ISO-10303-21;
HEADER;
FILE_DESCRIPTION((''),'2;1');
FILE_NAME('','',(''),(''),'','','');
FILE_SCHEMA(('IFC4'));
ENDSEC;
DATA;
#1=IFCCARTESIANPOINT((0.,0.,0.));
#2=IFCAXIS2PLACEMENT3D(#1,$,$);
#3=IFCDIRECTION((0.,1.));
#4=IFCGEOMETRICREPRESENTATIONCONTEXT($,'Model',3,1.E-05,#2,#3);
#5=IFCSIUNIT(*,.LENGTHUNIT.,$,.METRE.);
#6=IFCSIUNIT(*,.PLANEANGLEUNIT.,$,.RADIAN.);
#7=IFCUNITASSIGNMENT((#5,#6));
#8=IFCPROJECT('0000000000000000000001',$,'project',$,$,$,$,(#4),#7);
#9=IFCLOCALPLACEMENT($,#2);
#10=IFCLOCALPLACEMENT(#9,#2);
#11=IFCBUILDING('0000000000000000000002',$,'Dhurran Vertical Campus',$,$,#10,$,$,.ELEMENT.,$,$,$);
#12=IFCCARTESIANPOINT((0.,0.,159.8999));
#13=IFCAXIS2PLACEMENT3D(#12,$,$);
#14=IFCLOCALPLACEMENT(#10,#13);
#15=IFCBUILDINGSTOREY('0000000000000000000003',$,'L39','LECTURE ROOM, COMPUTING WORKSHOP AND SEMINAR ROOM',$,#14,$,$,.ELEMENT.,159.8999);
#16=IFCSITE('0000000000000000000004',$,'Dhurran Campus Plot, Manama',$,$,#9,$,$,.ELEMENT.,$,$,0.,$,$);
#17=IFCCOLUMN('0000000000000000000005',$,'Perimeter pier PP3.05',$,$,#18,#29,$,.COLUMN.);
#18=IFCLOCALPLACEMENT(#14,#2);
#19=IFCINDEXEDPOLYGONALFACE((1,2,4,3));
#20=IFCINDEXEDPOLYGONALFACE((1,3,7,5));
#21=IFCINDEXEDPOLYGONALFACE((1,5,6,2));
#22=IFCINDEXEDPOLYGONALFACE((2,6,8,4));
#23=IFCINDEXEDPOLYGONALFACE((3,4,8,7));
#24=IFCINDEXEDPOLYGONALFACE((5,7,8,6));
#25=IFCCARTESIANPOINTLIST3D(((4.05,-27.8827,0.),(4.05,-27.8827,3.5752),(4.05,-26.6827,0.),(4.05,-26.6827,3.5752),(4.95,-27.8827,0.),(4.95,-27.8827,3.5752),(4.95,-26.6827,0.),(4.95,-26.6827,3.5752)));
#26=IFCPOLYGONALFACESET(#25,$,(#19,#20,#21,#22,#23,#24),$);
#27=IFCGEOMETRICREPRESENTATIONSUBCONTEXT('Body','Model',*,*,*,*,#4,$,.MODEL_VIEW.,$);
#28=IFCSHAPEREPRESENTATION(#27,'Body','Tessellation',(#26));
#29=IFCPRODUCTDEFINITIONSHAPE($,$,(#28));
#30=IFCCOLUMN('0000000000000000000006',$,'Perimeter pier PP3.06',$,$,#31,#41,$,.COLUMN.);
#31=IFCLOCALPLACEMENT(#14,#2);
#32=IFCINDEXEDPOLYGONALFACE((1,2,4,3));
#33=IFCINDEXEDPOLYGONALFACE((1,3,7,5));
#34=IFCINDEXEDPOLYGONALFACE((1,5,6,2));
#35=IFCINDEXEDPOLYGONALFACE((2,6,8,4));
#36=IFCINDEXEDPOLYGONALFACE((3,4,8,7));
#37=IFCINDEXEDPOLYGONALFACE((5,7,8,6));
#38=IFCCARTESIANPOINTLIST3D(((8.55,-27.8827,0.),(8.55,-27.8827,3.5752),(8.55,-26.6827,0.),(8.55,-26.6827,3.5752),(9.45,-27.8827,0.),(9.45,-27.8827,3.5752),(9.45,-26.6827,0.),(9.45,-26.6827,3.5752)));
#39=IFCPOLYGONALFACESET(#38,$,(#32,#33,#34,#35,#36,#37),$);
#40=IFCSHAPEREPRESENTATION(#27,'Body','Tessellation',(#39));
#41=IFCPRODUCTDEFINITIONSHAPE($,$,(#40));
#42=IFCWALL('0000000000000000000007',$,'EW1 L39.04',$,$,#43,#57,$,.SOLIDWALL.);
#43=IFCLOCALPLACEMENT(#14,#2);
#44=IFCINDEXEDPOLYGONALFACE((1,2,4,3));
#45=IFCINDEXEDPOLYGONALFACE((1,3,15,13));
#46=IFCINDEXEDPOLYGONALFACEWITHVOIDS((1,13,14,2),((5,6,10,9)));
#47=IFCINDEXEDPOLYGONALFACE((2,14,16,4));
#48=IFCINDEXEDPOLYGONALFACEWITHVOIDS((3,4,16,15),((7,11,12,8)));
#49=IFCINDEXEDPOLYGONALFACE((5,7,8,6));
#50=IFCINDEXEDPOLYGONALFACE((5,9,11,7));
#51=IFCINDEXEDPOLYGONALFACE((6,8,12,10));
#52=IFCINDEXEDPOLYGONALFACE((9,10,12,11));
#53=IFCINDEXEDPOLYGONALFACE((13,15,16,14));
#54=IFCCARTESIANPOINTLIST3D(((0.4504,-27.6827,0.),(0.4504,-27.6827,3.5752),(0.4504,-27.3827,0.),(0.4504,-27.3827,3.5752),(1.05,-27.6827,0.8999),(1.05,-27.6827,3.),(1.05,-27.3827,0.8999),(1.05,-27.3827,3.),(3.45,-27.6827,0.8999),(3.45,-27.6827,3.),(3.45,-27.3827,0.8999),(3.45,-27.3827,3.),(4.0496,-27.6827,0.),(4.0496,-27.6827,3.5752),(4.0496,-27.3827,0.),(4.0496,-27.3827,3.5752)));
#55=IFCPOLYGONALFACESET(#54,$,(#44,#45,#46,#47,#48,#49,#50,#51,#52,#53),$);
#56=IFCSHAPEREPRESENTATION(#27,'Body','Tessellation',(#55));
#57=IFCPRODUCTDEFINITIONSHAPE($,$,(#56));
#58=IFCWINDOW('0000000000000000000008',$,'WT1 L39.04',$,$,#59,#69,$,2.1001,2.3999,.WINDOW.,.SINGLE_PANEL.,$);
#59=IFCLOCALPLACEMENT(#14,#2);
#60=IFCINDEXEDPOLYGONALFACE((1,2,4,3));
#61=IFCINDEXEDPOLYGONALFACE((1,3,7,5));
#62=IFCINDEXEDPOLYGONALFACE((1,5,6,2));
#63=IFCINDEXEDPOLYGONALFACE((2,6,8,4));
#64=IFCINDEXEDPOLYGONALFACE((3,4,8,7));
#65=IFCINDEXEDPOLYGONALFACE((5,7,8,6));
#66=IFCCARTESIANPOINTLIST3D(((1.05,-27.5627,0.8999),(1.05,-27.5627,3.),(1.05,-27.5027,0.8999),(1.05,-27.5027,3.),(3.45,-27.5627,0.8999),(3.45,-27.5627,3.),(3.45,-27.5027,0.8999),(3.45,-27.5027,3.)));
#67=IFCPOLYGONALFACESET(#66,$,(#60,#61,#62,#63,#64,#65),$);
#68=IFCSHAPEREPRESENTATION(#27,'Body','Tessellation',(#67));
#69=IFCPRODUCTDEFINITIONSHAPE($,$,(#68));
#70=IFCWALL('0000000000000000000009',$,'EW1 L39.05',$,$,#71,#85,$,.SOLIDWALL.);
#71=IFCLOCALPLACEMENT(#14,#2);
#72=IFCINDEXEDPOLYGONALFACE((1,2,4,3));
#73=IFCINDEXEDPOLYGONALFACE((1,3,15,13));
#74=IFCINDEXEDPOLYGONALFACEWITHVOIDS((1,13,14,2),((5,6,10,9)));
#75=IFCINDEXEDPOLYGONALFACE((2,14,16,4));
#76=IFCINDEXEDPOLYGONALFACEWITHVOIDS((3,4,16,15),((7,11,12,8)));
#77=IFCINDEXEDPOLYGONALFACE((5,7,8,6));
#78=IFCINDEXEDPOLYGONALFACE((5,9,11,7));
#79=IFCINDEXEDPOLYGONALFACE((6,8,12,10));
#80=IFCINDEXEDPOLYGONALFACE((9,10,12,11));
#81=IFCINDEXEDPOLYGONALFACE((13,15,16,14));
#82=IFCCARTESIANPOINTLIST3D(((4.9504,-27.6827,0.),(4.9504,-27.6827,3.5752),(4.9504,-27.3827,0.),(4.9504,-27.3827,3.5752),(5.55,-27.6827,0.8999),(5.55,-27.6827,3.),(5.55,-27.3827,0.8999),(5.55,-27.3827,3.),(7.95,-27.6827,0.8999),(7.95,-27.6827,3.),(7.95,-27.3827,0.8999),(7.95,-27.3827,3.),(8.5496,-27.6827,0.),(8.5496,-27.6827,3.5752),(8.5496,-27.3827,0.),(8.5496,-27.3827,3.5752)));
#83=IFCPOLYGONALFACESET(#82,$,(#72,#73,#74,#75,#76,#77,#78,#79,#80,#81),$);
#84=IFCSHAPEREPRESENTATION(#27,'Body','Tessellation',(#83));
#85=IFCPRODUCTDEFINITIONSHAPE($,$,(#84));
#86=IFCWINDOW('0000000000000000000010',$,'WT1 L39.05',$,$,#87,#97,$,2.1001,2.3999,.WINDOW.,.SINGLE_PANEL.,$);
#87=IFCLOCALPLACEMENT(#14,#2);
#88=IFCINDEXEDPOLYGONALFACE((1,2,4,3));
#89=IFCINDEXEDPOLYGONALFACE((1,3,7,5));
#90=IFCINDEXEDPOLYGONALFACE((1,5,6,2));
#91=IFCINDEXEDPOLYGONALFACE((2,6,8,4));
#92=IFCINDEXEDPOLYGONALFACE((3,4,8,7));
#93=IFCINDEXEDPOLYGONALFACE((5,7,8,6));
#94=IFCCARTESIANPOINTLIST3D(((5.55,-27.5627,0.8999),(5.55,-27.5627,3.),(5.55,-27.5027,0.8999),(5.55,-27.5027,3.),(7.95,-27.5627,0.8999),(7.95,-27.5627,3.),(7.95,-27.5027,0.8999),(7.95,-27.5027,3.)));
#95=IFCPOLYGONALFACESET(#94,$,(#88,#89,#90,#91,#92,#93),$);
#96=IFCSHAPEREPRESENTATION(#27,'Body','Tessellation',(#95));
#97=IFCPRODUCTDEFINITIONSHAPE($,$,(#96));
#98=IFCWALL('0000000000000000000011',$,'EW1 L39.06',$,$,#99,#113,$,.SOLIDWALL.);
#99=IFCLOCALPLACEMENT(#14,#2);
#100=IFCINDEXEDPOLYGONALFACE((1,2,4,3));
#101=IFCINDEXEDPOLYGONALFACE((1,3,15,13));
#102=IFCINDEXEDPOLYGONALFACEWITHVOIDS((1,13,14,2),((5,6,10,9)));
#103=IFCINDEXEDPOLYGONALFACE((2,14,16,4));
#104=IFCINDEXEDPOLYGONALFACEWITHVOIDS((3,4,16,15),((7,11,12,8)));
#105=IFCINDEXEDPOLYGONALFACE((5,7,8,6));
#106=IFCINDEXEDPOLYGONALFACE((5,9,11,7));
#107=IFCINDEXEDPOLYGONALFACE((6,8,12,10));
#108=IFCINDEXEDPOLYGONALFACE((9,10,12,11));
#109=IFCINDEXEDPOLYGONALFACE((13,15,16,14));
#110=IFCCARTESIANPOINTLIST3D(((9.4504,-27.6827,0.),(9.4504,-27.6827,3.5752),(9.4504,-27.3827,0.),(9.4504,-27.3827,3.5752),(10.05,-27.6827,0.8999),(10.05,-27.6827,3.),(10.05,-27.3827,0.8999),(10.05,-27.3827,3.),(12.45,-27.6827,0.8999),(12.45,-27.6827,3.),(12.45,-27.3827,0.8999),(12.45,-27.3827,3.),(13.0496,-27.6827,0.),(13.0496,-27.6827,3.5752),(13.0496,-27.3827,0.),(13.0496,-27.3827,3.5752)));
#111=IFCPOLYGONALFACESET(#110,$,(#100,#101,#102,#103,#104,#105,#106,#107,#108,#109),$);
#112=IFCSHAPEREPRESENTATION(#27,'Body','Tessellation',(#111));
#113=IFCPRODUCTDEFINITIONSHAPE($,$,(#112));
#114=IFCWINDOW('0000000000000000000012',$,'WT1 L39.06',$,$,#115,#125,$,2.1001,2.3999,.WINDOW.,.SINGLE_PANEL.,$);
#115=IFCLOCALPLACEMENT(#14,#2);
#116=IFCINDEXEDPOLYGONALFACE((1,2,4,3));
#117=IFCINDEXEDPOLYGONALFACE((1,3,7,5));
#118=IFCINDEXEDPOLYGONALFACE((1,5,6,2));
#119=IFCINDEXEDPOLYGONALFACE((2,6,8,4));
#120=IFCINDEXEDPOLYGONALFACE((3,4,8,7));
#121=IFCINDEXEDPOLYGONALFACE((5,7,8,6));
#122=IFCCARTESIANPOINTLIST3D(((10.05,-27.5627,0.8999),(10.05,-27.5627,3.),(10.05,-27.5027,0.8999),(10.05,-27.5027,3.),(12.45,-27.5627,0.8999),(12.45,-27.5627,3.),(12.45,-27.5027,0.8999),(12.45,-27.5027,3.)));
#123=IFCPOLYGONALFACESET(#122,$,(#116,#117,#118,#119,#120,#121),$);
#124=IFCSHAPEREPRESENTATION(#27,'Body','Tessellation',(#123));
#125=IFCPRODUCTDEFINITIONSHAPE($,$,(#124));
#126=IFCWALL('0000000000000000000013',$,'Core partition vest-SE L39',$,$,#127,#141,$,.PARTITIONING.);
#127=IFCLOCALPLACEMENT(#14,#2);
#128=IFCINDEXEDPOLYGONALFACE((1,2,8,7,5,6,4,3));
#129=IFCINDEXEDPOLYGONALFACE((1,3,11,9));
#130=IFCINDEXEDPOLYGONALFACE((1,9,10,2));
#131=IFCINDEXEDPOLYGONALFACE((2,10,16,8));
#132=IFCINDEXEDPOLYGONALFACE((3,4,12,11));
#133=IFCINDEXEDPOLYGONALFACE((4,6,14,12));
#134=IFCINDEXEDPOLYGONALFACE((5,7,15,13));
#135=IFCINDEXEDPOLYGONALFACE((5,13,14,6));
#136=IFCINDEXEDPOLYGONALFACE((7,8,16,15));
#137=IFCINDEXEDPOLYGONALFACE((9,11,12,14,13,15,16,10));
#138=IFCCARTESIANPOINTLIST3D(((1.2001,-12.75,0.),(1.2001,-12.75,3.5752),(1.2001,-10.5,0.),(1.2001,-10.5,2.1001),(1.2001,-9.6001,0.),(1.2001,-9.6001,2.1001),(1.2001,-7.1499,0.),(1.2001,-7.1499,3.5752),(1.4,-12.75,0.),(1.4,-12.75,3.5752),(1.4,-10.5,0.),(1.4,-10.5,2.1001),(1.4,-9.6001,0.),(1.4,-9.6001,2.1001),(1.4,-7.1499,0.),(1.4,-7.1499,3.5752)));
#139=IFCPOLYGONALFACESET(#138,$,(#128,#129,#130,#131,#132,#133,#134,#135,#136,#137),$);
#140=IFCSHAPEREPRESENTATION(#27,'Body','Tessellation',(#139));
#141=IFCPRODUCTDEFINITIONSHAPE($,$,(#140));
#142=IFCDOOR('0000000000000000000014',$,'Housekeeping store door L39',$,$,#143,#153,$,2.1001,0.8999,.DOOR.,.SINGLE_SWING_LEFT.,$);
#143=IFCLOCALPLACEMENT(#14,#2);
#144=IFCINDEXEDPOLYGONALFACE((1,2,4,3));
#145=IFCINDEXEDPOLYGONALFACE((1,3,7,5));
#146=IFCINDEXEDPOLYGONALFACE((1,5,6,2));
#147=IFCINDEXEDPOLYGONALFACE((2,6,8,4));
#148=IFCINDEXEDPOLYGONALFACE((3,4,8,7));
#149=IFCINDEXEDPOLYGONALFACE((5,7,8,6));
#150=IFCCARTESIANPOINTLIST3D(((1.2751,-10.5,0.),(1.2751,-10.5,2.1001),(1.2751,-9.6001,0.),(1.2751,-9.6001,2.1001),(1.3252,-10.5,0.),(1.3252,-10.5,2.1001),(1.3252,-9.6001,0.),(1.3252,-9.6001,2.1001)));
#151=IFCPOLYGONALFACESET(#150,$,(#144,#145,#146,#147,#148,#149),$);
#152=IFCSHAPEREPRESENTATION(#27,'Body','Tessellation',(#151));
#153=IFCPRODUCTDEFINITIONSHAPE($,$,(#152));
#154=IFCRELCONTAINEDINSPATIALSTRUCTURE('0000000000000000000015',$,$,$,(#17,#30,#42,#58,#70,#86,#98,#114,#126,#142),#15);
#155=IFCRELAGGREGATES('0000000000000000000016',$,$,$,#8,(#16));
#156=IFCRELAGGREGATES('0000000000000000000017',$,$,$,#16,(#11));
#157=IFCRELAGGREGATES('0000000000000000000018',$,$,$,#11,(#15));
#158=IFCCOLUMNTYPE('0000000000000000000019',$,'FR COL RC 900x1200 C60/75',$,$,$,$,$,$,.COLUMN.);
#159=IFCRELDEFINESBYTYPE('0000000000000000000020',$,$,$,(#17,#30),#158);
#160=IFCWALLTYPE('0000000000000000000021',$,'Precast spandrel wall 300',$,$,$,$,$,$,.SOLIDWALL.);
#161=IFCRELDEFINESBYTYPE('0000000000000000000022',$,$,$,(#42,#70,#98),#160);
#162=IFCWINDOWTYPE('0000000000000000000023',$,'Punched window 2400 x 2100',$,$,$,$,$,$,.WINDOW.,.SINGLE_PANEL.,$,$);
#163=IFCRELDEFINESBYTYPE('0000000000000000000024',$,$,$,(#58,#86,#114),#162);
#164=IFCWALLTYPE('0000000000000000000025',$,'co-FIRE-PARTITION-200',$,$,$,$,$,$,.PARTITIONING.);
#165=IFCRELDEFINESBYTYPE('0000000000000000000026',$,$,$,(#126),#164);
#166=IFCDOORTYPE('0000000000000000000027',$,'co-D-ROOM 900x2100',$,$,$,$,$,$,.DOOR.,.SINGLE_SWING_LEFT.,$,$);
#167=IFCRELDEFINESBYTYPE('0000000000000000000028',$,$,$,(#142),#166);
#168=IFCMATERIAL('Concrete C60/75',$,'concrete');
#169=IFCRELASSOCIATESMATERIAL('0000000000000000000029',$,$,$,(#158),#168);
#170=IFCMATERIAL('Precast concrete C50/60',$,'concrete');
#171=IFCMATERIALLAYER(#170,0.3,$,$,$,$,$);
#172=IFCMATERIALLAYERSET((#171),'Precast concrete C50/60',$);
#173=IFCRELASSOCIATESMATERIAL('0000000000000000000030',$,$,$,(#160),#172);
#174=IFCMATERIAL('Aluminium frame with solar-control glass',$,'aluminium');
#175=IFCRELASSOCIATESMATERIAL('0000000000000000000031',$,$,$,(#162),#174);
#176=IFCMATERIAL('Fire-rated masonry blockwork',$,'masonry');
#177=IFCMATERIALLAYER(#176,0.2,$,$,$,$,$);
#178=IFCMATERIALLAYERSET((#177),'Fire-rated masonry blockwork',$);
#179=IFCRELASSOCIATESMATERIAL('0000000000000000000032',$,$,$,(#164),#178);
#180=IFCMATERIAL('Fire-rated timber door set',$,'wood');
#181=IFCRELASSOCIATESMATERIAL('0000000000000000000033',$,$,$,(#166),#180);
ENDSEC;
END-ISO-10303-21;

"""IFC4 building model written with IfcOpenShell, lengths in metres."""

from ifc_helpers import new_model, si_unit, direction, frame, frame_2d, origin, origin_2d, place, context, subcontext, project, spatial, rectangle, extrude, material, layer, layer_set, material_profile, profile_set, type_object, element, fill, save


model = new_model("IFC4")

# Units and contexts
model_context = context("Model", 3, precision=1e-05, world=origin(), true_north=direction((0.0, 1.0)))
body_context = subcontext(model_context, "Body", "Model", "MODEL_VIEW")
ifc_project = project(units=[si_unit("LENGTHUNIT", "METRE"), si_unit("PLANEANGLEUNIT", "RADIAN")], contexts=[model_context])

# Site, building, storey
site_placement = place(None, origin())
site = spatial("IfcSite", under=ifc_project, at=site_placement, Name="Dhurran Campus Plot, Manama", CompositionType="ELEMENT", RefElevation=0.0)
building_placement = place(site_placement, origin())
building = spatial("IfcBuilding", under=site, at=building_placement, Name="Dhurran Vertical Campus", CompositionType="ELEMENT")
storey_placement = place(building_placement, frame((0.0, 0.0, 159.8999)))
storey = spatial("IfcBuildingStorey", under=building, at=storey_placement, Name="L39", Description="LECTURE ROOM, COMPUTING WORKSHOP AND SEMINAR ROOM", CompositionType="ELEMENT", Elevation=159.8999)

# Columns
ifc_material_1 = material(Name="Concrete C60/75", Category="concrete")
ifc_material_profile = material_profile(ifc_material_1, rectangle(XDim=0.8999, YDim=1.2, at=origin_2d()), Name="RC 900x1200")
ifc_profile_set = profile_set([ifc_material_profile], Name="Concrete C60/75")
column_type = type_object("IfcColumnType", Name="FR COL RC 900x1200 C60/75", PredefinedType="COLUMN", material=ifc_profile_set)
for number, where, z_axis, x_axis, name in (
    (1, (4.5, -27.2827, 0.0), (0.0, 0.0, 1.0), (1.0, 0.0, 0.0), "Perimeter pier PP3.05"),
    (2, (9.0, -27.2827, 0.0), (0.0, 0.0, 1.0), (1.0, 0.0, 0.0), "Perimeter pier PP3.06"),
):
    element("IfcColumn", number, at=place(storey_placement, frame(where, z_axis=z_axis, x_axis=x_axis)), inside=storey, type_object=column_type, Name=name, PredefinedType="COLUMN", context=body_context, shape_type="SweptSolid", body=[
        extrude(rectangle(XDim=0.8999, YDim=1.2, at=origin_2d()), origin(), (0.0, 0.0, 1.0), 3.5752),
    ])

# Walls, openings, windows
ifc_material_2 = material(Name="Precast concrete C50/60", Category="concrete")
ifc_layer_1 = layer(ifc_material_2, 0.3)
ifc_layer_set_1 = layer_set([ifc_layer_1], Name="Precast concrete C50/60")
wall_type_1 = type_object("IfcWallType", Name="Precast spandrel wall 300", PredefinedType="SOLIDWALL", material=ifc_layer_set_1)
wall_1_placement = place(storey_placement, frame((0.4504, -27.5327, 0.0), z_axis=(0.0, 0.0, 1.0), x_axis=(1.0, 0.0, 0.0)))
wall_1 = element("IfcWall", 3, at=wall_1_placement, inside=storey, type_object=wall_type_1, Name="EW1 L39.04", PredefinedType="SOLIDWALL", context=body_context, shape_type="SweptSolid", body=[
    extrude(rectangle(XDim=3.5991, YDim=0.3, at=frame_2d((1.7996, 0.0))), origin(), (0.0, 0.0, 1.0), 3.5752),
])
opening_1_placement = place(wall_1_placement, frame((0.5996, 0.0, 0.8999)))
opening_1 = element("IfcOpeningElement", 4, at=opening_1_placement, cuts=wall_1, PredefinedType="OPENING", context=body_context, shape_type="SweptSolid", body=[
    extrude(rectangle(XDim=2.3999, YDim=2.1001, at=frame_2d((1.2, 1.05))), frame((0.0, 0.1599, 0.0), z_axis=(0.0, -1.0, 0.0), x_axis=(1.0, 0.0, 0.0)), (0.0, 0.0, 1.0), 0.3201),
])
ifc_material_3 = material(Name="Aluminium frame with solar-control glass", Category="aluminium")
window_type = type_object("IfcWindowType", Name="Punched window 2400 x 2100", PartitioningType="SINGLE_PANEL", PredefinedType="WINDOW", material=ifc_material_3)
window_1_placement = place(opening_1_placement, origin())
window_1 = element("IfcWindow", 5, at=window_1_placement, inside=storey, type_object=window_type, Name="WT1 L39.04", OverallHeight=2.1001, OverallWidth=2.3999, PartitioningType="SINGLE_PANEL", PredefinedType="WINDOW", context=body_context, shape_type="SweptSolid", body=[
    extrude(rectangle(XDim=2.3999, YDim=2.1001, at=frame_2d((1.2, 1.05))), frame((0.0, 0.03, 0.0), z_axis=(0.0, -1.0, 0.0), x_axis=(1.0, 0.0, 0.0)), (0.0, 0.0, 1.0), 0.0601),
])
fill(opening_1, window_1)
wall_2_placement = place(storey_placement, frame((4.9504, -27.5327, 0.0), z_axis=(0.0, 0.0, 1.0), x_axis=(1.0, 0.0, 0.0)))
wall_2 = element("IfcWall", 6, at=wall_2_placement, inside=storey, type_object=wall_type_1, Name="EW1 L39.05", PredefinedType="SOLIDWALL", context=body_context, shape_type="SweptSolid", body=[
    extrude(rectangle(XDim=3.5991, YDim=0.3, at=frame_2d((1.7996, 0.0))), origin(), (0.0, 0.0, 1.0), 3.5752),
])
opening_2_placement = place(wall_2_placement, frame((0.5996, 0.0, 0.8999)))
opening_2 = element("IfcOpeningElement", 7, at=opening_2_placement, cuts=wall_2, PredefinedType="OPENING", context=body_context, shape_type="SweptSolid", body=[
    extrude(rectangle(XDim=2.3999, YDim=2.1001, at=frame_2d((1.2, 1.05))), frame((0.0, 0.1599, 0.0), z_axis=(0.0, -1.0, 0.0), x_axis=(1.0, 0.0, 0.0)), (0.0, 0.0, 1.0), 0.3201),
])
window_2_placement = place(opening_2_placement, origin())
window_2 = element("IfcWindow", 8, at=window_2_placement, inside=storey, type_object=window_type, Name="WT1 L39.05", OverallHeight=2.1001, OverallWidth=2.3999, PartitioningType="SINGLE_PANEL", PredefinedType="WINDOW", context=body_context, shape_type="SweptSolid", body=[
    extrude(rectangle(XDim=2.3999, YDim=2.1001, at=frame_2d((1.2, 1.05))), frame((0.0, 0.03, 0.0), z_axis=(0.0, -1.0, 0.0), x_axis=(1.0, 0.0, 0.0)), (0.0, 0.0, 1.0), 0.0601),
])
fill(opening_2, window_2)
wall_3_placement = place(storey_placement, frame((9.4504, -27.5327, 0.0), z_axis=(0.0, 0.0, 1.0), x_axis=(1.0, 0.0, 0.0)))
wall_3 = element("IfcWall", 9, at=wall_3_placement, inside=storey, type_object=wall_type_1, Name="EW1 L39.06", PredefinedType="SOLIDWALL", context=body_context, shape_type="SweptSolid", body=[
    extrude(rectangle(XDim=3.5991, YDim=0.3, at=frame_2d((1.7996, 0.0))), origin(), (0.0, 0.0, 1.0), 3.5752),
])
opening_3_placement = place(wall_3_placement, frame((0.5996, 0.0, 0.8999)))
opening_3 = element("IfcOpeningElement", 10, at=opening_3_placement, cuts=wall_3, PredefinedType="OPENING", context=body_context, shape_type="SweptSolid", body=[
    extrude(rectangle(XDim=2.3999, YDim=2.1001, at=frame_2d((1.2, 1.05))), frame((0.0, 0.1599, 0.0), z_axis=(0.0, -1.0, 0.0), x_axis=(1.0, 0.0, 0.0)), (0.0, 0.0, 1.0), 0.3201),
])
window_3_placement = place(opening_3_placement, origin())
window_3 = element("IfcWindow", 11, at=window_3_placement, inside=storey, type_object=window_type, Name="WT1 L39.06", OverallHeight=2.1001, OverallWidth=2.3999, PartitioningType="SINGLE_PANEL", PredefinedType="WINDOW", context=body_context, shape_type="SweptSolid", body=[
    extrude(rectangle(XDim=2.3999, YDim=2.1001, at=frame_2d((1.2, 1.05))), frame((0.0, 0.03, 0.0), z_axis=(0.0, -1.0, 0.0), x_axis=(1.0, 0.0, 0.0)), (0.0, 0.0, 1.0), 0.0601),
])
fill(opening_3, window_3)

# Wall, opening, door
ifc_material_4 = material(Name="Fire-rated masonry blockwork", Category="masonry")
ifc_layer_2 = layer(ifc_material_4, 0.2)
ifc_layer_set_2 = layer_set([ifc_layer_2], Name="Fire-rated masonry blockwork")
wall_type_2 = type_object("IfcWallType", Name="co-FIRE-PARTITION-200", PredefinedType="PARTITIONING", material=ifc_layer_set_2)
wall_4_placement = place(storey_placement, frame((1.3, -12.75, 0.0), z_axis=(0.0, 0.0, 1.0), x_axis=(0.0, 1.0, 0.0)))
wall_4 = element("IfcWall", 12, at=wall_4_placement, inside=storey, type_object=wall_type_2, Name="Core partition vest-SE L39", PredefinedType="PARTITIONING", context=body_context, shape_type="SweptSolid", body=[
    extrude(rectangle(XDim=5.6001, YDim=0.2, at=frame_2d((2.8, 0.0))), origin(), (0.0, 0.0, 1.0), 3.5752),
])
opening_4_placement = place(wall_4_placement, frame((2.25, 0.0, 0.0)))
opening_4 = element("IfcOpeningElement", 13, at=opening_4_placement, cuts=wall_4, PredefinedType="OPENING", context=body_context, shape_type="SweptSolid", body=[
    extrude(rectangle(XDim=0.8999, YDim=2.1001, at=frame_2d((0.45, 1.05))), frame((0.0, 0.1099, 0.0), z_axis=(0.0, -1.0, 0.0), x_axis=(1.0, 0.0, 0.0)), (0.0, 0.0, 1.0), 0.22),
])
ifc_material_5 = material(Name="Fire-rated timber door set", Category="wood")
door_type_1 = type_object("IfcDoorType", Name="co-D-ROOM 900x2100", OperationType="SINGLE_SWING_LEFT", PredefinedType="DOOR", material=ifc_material_5)
door_1_placement = place(opening_4_placement, origin())
door_1 = element("IfcDoor", 14, at=door_1_placement, inside=storey, type_object=door_type_1, Name="Housekeeping store door L39", OperationType="SINGLE_SWING_LEFT", OverallHeight=2.1001, OverallWidth=0.8999, PredefinedType="DOOR", context=body_context, shape_type="SweptSolid", body=[
    extrude(rectangle(XDim=0.8999, YDim=2.1001, at=frame_2d((0.45, 1.05))), frame((0.0, 0.0249, 0.0), z_axis=(0.0, -1.0, 0.0), x_axis=(1.0, 0.0, 0.0)), (0.0, 0.0, 1.0), 0.05),
])
fill(opening_4, door_1)

save(model, "model.ifc")
